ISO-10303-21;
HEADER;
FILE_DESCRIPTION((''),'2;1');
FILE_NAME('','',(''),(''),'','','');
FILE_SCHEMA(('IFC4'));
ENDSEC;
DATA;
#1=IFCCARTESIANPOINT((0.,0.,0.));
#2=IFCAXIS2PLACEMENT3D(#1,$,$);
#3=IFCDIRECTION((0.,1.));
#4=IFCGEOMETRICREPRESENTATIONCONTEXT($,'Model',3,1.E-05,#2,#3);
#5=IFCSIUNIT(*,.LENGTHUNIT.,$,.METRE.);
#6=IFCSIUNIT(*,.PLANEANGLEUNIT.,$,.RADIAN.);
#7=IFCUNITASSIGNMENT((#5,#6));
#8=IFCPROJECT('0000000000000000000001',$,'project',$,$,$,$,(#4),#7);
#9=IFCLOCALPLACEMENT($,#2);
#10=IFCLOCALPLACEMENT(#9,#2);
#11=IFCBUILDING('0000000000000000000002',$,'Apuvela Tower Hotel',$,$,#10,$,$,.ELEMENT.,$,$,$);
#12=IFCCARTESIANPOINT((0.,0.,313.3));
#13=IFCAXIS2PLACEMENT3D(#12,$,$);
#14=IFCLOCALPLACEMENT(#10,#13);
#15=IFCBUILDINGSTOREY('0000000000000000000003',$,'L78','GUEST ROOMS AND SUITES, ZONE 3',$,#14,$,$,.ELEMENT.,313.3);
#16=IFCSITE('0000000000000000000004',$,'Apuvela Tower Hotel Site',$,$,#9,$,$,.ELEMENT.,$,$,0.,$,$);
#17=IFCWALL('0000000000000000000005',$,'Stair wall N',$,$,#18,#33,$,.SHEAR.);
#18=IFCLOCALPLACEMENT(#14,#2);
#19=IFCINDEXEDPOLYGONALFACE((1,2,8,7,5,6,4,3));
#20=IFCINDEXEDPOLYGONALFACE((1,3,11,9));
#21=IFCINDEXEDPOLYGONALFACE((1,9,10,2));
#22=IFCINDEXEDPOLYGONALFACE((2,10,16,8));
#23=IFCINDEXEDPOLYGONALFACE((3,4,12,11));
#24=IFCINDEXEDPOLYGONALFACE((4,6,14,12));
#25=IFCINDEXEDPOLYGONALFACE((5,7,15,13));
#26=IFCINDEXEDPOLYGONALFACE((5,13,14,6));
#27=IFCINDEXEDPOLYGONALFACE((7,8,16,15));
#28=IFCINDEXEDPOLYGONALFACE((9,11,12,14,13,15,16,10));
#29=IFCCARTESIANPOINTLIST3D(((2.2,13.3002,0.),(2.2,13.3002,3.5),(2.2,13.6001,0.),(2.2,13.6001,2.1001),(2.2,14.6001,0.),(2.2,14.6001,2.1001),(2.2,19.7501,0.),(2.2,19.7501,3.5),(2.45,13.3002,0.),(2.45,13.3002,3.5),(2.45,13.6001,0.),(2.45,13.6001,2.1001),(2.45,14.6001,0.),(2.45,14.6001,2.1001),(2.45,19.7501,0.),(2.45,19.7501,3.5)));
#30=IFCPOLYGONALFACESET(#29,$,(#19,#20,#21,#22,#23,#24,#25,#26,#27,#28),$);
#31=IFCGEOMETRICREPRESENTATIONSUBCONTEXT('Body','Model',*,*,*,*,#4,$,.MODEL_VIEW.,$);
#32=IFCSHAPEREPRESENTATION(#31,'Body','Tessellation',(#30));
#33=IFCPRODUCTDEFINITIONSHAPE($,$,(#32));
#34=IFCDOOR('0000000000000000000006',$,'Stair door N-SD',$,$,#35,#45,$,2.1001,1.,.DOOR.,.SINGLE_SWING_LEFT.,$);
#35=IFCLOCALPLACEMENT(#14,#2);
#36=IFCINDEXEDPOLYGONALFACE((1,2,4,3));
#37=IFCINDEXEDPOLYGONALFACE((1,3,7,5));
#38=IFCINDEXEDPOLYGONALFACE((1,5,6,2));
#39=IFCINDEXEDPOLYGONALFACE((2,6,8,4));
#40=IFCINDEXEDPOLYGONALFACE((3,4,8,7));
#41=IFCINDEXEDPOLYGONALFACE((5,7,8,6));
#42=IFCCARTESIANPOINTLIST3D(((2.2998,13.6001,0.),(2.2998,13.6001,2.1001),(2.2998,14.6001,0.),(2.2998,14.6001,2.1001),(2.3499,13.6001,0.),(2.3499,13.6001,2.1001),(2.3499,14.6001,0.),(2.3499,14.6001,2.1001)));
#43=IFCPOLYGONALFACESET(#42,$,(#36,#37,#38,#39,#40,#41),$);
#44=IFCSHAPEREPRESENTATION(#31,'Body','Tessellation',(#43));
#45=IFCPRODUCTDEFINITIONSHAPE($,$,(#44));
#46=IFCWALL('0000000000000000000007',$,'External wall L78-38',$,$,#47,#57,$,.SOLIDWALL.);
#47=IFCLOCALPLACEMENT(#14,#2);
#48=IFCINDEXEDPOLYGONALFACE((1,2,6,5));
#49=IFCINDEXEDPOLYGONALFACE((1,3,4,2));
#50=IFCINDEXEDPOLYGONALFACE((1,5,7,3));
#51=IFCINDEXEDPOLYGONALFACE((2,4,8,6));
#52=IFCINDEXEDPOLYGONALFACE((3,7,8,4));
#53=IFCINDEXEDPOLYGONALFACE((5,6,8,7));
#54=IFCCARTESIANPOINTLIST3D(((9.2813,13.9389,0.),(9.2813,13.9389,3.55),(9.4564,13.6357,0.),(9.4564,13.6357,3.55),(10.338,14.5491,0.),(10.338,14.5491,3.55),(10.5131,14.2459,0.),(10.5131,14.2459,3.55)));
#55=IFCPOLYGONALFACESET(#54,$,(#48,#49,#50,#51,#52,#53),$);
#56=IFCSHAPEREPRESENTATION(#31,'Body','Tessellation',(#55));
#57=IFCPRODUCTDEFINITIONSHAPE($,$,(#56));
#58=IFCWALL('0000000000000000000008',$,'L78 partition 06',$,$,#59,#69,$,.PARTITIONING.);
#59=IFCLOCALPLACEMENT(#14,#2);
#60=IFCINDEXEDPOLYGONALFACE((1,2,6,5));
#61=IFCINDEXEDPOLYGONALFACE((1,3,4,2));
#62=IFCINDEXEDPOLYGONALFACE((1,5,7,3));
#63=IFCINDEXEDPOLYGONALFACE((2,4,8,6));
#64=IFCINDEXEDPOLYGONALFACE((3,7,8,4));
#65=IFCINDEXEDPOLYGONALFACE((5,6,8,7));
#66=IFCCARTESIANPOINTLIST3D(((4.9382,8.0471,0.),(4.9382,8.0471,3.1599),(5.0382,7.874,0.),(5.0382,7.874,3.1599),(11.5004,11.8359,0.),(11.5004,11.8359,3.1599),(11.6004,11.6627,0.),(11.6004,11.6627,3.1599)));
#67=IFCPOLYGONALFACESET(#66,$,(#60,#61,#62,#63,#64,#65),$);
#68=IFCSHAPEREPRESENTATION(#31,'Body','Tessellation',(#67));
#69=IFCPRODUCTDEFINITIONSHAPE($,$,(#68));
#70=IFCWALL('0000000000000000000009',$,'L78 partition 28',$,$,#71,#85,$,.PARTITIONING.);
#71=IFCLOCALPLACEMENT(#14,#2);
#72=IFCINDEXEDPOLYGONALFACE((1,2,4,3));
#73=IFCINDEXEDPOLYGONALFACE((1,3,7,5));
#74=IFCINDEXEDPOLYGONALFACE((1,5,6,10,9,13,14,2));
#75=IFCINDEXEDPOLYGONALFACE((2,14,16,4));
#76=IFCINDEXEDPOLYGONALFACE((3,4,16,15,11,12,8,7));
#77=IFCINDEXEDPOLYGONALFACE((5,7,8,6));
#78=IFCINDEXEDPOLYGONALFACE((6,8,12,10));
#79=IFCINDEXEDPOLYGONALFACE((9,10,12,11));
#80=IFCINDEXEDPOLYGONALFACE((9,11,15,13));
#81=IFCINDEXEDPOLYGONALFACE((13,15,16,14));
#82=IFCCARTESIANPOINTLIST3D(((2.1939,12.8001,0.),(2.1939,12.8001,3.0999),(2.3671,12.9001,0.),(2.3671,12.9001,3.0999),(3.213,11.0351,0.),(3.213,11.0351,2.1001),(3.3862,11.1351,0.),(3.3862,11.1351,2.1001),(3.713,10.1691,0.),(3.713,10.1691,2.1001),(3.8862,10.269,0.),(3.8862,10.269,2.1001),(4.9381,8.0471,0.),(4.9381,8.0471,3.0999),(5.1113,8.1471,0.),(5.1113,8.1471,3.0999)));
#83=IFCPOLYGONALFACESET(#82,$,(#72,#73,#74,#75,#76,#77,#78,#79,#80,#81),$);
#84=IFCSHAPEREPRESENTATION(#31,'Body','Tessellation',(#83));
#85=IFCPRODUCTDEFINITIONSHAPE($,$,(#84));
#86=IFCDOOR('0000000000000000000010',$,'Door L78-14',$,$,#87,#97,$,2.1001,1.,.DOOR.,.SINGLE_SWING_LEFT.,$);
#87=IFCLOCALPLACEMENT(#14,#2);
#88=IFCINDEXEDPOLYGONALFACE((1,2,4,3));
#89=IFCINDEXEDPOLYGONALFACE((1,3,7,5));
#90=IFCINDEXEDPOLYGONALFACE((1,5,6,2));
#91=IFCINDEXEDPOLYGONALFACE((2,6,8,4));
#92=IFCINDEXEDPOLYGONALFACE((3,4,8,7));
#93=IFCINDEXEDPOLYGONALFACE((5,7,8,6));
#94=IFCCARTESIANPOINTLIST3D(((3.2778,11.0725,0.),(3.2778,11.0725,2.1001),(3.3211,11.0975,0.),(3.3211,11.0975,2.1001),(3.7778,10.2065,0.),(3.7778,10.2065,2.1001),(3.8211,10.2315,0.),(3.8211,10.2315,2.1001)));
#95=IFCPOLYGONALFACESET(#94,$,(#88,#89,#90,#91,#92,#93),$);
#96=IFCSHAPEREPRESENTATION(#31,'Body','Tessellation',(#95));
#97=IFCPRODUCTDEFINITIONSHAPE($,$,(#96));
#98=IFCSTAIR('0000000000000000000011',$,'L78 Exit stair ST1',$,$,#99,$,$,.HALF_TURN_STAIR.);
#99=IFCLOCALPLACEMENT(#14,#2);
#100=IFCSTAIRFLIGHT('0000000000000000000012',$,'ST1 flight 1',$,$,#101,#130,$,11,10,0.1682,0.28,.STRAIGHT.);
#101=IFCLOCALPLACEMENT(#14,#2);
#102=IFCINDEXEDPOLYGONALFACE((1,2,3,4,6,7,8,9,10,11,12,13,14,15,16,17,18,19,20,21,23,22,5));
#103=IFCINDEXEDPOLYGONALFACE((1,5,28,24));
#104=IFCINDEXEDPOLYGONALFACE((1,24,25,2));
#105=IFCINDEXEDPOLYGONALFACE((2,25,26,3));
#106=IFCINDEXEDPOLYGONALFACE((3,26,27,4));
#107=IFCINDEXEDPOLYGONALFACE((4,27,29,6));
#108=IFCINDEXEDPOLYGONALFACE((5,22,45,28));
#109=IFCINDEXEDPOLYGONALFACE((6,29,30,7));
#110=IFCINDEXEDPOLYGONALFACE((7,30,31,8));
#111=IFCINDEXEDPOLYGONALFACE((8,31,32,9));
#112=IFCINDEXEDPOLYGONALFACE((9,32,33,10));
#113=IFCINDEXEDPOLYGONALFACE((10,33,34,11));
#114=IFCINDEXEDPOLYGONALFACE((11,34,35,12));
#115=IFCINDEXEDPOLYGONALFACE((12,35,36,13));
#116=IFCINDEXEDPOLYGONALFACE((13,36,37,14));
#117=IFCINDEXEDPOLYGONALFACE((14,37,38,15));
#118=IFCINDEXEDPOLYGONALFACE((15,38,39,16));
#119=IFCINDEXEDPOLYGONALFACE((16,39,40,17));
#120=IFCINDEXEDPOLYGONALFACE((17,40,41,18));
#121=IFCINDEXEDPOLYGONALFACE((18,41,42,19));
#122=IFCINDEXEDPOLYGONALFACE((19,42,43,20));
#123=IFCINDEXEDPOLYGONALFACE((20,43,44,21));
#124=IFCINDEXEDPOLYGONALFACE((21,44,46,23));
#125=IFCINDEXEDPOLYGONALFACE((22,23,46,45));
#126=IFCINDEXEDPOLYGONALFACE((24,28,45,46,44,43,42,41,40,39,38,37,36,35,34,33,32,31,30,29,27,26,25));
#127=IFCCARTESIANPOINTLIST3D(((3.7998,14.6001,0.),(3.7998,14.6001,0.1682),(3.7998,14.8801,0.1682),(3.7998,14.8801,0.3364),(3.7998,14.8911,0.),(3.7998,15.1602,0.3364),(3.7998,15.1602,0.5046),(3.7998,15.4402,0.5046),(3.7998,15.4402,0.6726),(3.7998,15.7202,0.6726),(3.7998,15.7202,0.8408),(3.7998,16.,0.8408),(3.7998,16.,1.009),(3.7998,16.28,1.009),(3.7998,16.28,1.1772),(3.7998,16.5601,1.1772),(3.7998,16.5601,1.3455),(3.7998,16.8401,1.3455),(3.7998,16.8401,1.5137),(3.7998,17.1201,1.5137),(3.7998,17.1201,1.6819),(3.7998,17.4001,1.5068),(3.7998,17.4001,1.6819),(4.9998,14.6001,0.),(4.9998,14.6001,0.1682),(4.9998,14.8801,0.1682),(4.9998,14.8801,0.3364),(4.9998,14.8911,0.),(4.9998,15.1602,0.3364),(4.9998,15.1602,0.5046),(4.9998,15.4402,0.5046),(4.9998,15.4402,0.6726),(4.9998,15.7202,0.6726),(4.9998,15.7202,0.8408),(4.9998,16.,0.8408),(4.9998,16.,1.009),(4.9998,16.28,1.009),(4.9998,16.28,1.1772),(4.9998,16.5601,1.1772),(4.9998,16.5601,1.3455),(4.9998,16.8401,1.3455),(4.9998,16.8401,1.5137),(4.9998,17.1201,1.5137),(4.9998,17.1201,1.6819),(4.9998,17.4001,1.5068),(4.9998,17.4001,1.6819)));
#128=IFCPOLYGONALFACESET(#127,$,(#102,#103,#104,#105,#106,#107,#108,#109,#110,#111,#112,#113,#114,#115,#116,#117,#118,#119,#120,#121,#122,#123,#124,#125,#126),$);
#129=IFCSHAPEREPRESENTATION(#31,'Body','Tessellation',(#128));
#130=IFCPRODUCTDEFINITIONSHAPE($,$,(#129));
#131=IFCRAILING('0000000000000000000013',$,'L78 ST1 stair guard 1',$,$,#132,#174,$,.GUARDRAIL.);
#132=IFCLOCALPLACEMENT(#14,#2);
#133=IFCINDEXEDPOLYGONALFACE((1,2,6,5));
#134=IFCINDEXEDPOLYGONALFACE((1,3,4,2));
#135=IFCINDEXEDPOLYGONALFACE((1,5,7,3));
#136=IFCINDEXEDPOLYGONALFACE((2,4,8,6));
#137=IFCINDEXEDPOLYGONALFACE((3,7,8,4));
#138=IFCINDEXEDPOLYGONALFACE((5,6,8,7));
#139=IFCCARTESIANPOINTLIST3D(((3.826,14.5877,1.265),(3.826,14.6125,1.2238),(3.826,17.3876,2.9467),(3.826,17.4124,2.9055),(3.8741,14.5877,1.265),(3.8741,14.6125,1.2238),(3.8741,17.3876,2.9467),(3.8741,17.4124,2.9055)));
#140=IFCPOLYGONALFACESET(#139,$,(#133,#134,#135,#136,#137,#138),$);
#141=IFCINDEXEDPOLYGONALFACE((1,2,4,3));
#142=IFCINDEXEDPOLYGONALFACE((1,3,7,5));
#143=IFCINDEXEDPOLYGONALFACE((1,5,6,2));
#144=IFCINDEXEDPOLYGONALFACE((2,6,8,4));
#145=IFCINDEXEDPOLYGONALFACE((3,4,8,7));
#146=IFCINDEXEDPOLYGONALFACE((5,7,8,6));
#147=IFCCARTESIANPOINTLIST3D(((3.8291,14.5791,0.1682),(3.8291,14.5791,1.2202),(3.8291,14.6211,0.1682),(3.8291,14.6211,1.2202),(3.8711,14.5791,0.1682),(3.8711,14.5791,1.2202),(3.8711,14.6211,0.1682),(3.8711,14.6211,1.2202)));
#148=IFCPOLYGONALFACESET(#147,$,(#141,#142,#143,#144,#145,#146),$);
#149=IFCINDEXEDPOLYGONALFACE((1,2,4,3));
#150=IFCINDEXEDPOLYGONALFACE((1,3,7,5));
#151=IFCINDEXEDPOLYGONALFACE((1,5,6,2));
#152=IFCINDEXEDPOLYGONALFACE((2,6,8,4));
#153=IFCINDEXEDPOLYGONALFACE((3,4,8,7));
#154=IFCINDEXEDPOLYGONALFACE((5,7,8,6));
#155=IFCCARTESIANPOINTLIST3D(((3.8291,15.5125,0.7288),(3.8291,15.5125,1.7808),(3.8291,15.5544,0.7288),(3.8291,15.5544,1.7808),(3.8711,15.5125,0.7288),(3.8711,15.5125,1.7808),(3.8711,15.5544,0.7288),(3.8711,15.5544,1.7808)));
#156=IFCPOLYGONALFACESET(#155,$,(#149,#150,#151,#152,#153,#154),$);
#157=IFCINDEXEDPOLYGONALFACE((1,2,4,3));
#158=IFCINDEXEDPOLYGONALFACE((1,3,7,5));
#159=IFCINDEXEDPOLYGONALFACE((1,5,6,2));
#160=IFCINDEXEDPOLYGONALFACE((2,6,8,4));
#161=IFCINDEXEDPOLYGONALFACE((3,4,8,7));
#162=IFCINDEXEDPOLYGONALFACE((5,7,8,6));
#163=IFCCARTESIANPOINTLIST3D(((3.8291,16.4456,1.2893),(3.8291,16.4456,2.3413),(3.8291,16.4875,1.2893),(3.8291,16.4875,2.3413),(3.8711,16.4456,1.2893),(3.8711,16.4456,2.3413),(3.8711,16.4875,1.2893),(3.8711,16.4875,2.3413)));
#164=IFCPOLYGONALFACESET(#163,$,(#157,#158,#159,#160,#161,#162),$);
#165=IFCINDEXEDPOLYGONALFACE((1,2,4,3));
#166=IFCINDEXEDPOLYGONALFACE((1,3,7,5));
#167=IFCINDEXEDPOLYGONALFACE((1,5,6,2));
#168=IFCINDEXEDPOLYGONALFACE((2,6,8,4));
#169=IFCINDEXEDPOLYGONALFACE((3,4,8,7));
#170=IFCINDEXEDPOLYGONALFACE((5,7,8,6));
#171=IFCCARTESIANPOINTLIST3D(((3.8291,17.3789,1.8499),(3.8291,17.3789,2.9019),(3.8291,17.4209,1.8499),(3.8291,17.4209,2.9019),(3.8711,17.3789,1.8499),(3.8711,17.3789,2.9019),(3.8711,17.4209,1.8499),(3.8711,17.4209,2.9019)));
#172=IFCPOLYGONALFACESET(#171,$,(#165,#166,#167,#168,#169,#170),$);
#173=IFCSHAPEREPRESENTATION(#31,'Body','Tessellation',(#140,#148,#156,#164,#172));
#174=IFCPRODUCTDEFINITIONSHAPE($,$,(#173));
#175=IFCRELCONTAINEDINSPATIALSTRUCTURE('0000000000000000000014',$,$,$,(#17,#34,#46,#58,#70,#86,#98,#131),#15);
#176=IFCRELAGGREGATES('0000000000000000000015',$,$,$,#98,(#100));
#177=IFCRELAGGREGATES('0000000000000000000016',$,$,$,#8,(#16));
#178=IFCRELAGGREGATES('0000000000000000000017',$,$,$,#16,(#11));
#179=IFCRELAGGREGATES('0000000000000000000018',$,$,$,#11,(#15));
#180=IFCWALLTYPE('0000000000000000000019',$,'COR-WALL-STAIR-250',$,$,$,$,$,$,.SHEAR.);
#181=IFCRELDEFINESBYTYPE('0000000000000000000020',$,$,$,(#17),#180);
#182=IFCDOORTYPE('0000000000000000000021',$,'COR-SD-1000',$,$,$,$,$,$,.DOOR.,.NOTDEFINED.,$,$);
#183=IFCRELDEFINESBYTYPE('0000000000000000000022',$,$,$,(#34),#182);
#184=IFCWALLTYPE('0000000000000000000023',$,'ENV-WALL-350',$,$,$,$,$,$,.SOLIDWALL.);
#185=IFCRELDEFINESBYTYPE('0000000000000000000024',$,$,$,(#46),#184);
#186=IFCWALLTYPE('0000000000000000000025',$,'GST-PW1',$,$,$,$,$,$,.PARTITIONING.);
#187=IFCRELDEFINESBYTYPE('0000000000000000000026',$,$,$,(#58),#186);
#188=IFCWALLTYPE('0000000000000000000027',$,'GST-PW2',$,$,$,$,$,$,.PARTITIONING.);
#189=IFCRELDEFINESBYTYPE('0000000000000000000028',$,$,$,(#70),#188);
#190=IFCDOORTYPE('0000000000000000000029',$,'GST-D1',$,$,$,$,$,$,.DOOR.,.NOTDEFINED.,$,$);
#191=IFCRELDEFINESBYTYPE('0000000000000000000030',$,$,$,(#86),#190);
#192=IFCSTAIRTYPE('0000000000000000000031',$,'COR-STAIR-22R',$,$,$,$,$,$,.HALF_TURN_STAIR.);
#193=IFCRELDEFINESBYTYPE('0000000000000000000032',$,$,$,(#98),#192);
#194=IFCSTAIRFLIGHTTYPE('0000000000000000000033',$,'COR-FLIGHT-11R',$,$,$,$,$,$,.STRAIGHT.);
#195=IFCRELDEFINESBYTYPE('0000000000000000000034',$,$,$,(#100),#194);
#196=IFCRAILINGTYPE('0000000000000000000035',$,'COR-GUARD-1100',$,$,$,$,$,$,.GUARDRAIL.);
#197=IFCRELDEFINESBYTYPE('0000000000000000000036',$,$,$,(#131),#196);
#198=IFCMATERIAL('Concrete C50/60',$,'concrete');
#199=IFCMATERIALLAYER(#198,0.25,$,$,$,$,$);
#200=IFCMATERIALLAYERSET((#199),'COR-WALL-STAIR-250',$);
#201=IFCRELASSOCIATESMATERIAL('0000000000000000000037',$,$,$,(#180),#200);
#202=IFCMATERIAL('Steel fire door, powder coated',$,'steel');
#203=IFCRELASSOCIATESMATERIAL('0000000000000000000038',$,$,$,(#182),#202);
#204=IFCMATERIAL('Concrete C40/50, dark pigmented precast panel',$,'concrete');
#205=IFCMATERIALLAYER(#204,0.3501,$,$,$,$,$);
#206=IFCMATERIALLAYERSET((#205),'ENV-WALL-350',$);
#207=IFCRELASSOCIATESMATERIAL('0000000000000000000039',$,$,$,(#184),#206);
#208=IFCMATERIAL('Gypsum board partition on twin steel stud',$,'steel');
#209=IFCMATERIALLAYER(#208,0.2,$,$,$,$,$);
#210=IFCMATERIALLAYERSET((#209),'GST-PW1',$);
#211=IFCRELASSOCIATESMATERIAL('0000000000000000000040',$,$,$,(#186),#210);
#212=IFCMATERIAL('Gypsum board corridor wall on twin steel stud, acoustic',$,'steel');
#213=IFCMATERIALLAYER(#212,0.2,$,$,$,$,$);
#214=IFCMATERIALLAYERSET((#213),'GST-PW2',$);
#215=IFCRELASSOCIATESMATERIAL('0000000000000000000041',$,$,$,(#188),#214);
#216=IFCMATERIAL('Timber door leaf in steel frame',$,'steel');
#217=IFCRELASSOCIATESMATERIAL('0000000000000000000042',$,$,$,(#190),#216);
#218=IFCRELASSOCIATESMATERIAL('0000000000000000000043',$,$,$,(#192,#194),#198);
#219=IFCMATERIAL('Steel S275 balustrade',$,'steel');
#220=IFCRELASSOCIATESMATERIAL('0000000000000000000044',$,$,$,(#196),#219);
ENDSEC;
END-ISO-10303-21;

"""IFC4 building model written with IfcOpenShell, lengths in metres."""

from ifc_helpers import new_model, si_unit, direction, frame, frame_2d, origin, origin_2d, place, context, subcontext, project, spatial, polyline, rectangle, outline, extrude, material, layer, layer_set, type_object, element, fill, aggregate, save


model = new_model("IFC4")

# Units and contexts
model_context = context("Model", 3, precision=1e-05, world=origin(), true_north=direction((0.0, 1.0)))
body_context = subcontext(model_context, "Body", "Model", "MODEL_VIEW")
ifc_project = project(units=[si_unit("LENGTHUNIT", "METRE"), si_unit("PLANEANGLEUNIT", "RADIAN")], contexts=[model_context])

# Site, building, storey
site_placement = place(None, origin())
site = spatial("IfcSite", under=ifc_project, at=site_placement, Name="Apuvela Tower Hotel Site", CompositionType="ELEMENT", RefElevation=0.0)
building_placement = place(site_placement, origin())
building = spatial("IfcBuilding", under=site, at=building_placement, Name="Apuvela Tower Hotel", CompositionType="ELEMENT")
storey_placement = place(building_placement, frame((0.0, 0.0, 313.3)))
storey = spatial("IfcBuildingStorey", under=building, at=storey_placement, Name="L78", Description="GUEST ROOMS AND SUITES, ZONE 3", CompositionType="ELEMENT", Elevation=313.3)

# Shared definitions
ifc_material_1 = material(Name="Concrete C50/60", Category="concrete")
ifc_material_2 = material(Name="Steel fire door, powder coated", Category="steel")

# Wall, opening, door
ifc_layer_1 = layer(ifc_material_1, 0.25)
ifc_layer_set_1 = layer_set([ifc_layer_1], Name="COR-WALL-STAIR-250")
wall_type_1 = type_object("IfcWallType", Name="COR-WALL-STAIR-250", PredefinedType="SHEAR", material=ifc_layer_set_1)
wall_1_placement = place(storey_placement, frame((2.325, 13.3, 0.0), z_axis=(0.0, 0.0, 1.0), x_axis=(0.0, 1.0, 0.0)))
wall_1 = element("IfcWall", 1, at=wall_1_placement, inside=storey, type_object=wall_type_1, Name="Stair wall N", PredefinedType="SHEAR", context=body_context, shape_type="SweptSolid", body=[
    extrude(rectangle(XDim=6.45, YDim=0.25, at=frame_2d((3.2251, 0.0))), origin(), (0.0, 0.0, 1.0), 3.5),
])
opening_1_placement = place(wall_1_placement, frame((0.3, 0.0, 0.0)))
opening_1 = element("IfcOpeningElement", 2, at=opening_1_placement, cuts=wall_1, PredefinedType="OPENING", context=body_context, shape_type="SweptSolid", body=[
    extrude(rectangle(XDim=1.0, YDim=2.1001, at=frame_2d((0.5, 1.05))), frame((0.0, 0.135, 0.0), z_axis=(0.0, -1.0, 0.0), x_axis=(1.0, 0.0, 0.0)), (0.0, 0.0, 1.0), 0.27),
])
door_type_1 = type_object("IfcDoorType", Name="COR-SD-1000", OperationType="NOTDEFINED", PredefinedType="DOOR", material=ifc_material_2)
door_1_placement = place(opening_1_placement, frame((1.0, 0.0, 0.0), z_axis=(0.0, 0.0, 1.0), x_axis=(-1.0, 0.0, 0.0)))
door_1 = element("IfcDoor", 3, at=door_1_placement, inside=storey, type_object=door_type_1, Name="Stair door N-SD", OperationType="SINGLE_SWING_LEFT", OverallHeight=2.1001, OverallWidth=1.0, PredefinedType="DOOR", context=body_context, shape_type="SweptSolid", body=[
    extrude(rectangle(XDim=1.0, YDim=2.1001, at=frame_2d((0.5, 1.05))), frame((0.0, 0.0249, 0.0), z_axis=(0.0, -1.0, 0.0), x_axis=(1.0, 0.0, 0.0)), (0.0, 0.0, 1.0), 0.05),
])
fill(opening_1, door_1)

# Wall
ifc_material_3 = material(Name="Concrete C40/50, dark pigmented precast panel", Category="concrete")
ifc_layer_2 = layer(ifc_material_3, 0.3501)
ifc_layer_set_2 = layer_set([ifc_layer_2], Name="ENV-WALL-350")
wall_type_2 = type_object("IfcWallType", Name="ENV-WALL-350", PredefinedType="SOLIDWALL", material=ifc_layer_set_2)
wall_2_placement = place(storey_placement, frame((10.4255, 14.3975, 0.0), z_axis=(0.0, 0.0, 1.0), x_axis=(-0.866006, -0.500034, 0.0)))
element("IfcWall", 4, at=wall_2_placement, inside=storey, type_object=wall_type_2, Name="External wall L78-38", PredefinedType="SOLIDWALL", context=body_context, shape_type="SweptSolid", body=[
    extrude(rectangle(XDim=1.2202, YDim=0.3501, at=frame_2d((0.6101, 0.0))), origin(), (0.0, 0.0, 1.0), 3.55),
])

# Wall
ifc_material_4 = material(Name="Gypsum board partition on twin steel stud", Category="steel")
ifc_layer_3 = layer(ifc_material_4, 0.2)
ifc_layer_set_3 = layer_set([ifc_layer_3], Name="GST-PW1")
wall_type_3 = type_object("IfcWallType", Name="GST-PW1", PredefinedType="PARTITIONING", material=ifc_layer_set_3)
wall_3_placement = place(storey_placement, frame((11.5503, 11.7493, 0.0), z_axis=(0.0, 0.0, 1.0), x_axis=(-0.86602, -0.50001, 0.0)))
element("IfcWall", 5, at=wall_3_placement, inside=storey, type_object=wall_type_3, Name="L78 partition 06", PredefinedType="PARTITIONING", context=body_context, shape_type="SweptSolid", body=[
    extrude(rectangle(XDim=7.5774, YDim=0.2, at=frame_2d((3.7886, 0.0))), origin(), (0.0, 0.0, 1.0), 3.1599),
])

# Wall, opening, door
ifc_material_5 = material(Name="Gypsum board corridor wall on twin steel stud, acoustic", Category="steel")
ifc_layer_4 = layer(ifc_material_5, 0.2)
ifc_layer_set_4 = layer_set([ifc_layer_4], Name="GST-PW2")
wall_type_4 = type_object("IfcWallType", Name="GST-PW2", PredefinedType="PARTITIONING", material=ifc_layer_set_4)
wall_4_placement = place(storey_placement, frame((2.2805, 12.8501, 0.0), z_axis=(0.0, 0.0, 1.0), x_axis=(0.500005, -0.866023, 0.0)))
wall_4 = element("IfcWall", 6, at=wall_4_placement, inside=storey, type_object=wall_type_4, Name="L78 partition 28", PredefinedType="PARTITIONING", context=body_context, shape_type="SweptSolid", body=[
    extrude(rectangle(XDim=5.4883, YDim=0.2, at=frame_2d((2.7441, 0.0))), origin(), (0.0, 0.0, 1.0), 3.0999),
])
opening_2_placement = place(wall_4_placement, frame((2.0381, 0.0, 0.0)))
opening_2 = element("IfcOpeningElement", 7, at=opening_2_placement, cuts=wall_4, PredefinedType="OPENING", context=body_context, shape_type="SweptSolid", body=[
    extrude(rectangle(XDim=1.0, YDim=2.1001, at=frame_2d((0.5, 1.05))), frame((0.0, 0.1099, 0.0), z_axis=(0.0, -1.0, 0.0), x_axis=(1.0, 0.0, 0.0)), (0.0, 0.0, 1.0), 0.22),
])
ifc_material_6 = material(Name="Timber door leaf in steel frame", Category="steel")
door_type_2 = type_object("IfcDoorType", Name="GST-D1", OperationType="NOTDEFINED", PredefinedType="DOOR", material=ifc_material_6)
door_2_placement = place(opening_2_placement, origin())
door_2 = element("IfcDoor", 8, at=door_2_placement, inside=storey, type_object=door_type_2, Name="Door L78-14", OperationType="SINGLE_SWING_LEFT", OverallHeight=2.1001, OverallWidth=1.0, PredefinedType="DOOR", context=body_context, shape_type="SweptSolid", body=[
    extrude(rectangle(XDim=1.0, YDim=2.1001, at=frame_2d((0.5, 1.05))), frame((0.0, 0.0249, 0.0), z_axis=(0.0, -1.0, 0.0), x_axis=(1.0, 0.0, 0.0)), (0.0, 0.0, 1.0), 0.05),
])
fill(opening_2, door_2)

# Stair, stair flight
stair_type = type_object("IfcStairType", Name="COR-STAIR-22R", PredefinedType="HALF_TURN_STAIR", material=ifc_material_1)
stair_placement = place(storey_placement, origin())
stair = element("IfcStair", 9, at=stair_placement, inside=storey, type_object=stair_type, Name="L78 Exit stair ST1", PredefinedType="HALF_TURN_STAIR")
stair_flight_type = type_object("IfcStairFlightType", Name="COR-FLIGHT-11R", PredefinedType="STRAIGHT", material=ifc_material_1)
stair_flight_placement = place(storey_placement, frame((4.3999, 14.6001, 0.0), z_axis=(0.0, 0.0, 1.0), x_axis=(0.0, 1.0, 0.0)))
stair_flight = element("IfcStairFlight", 10, at=stair_flight_placement, type_object=stair_flight_type, Name="ST1 flight 1", NumberOfRisers=11, NumberOfTreads=10, PredefinedType="STRAIGHT", RiserHeight=0.1682, TreadLength=0.28, context=body_context, shape_type="SweptSolid", body=[
    extrude(outline(polyline([(0.0, 0.0), (0.0, 0.1682), (0.28, 0.1682), (0.28, 0.3364), (0.5601, 0.3364), (0.5601, 0.5046), (0.8401, 0.5046), (0.8401, 0.6726), (1.1201, 0.6726), (1.1201, 0.8408), (1.3999, 0.8408), (1.3999, 1.009), (1.6799, 1.009), (1.6799, 1.1772), (1.96, 1.1772), (1.96, 1.3455), (2.24, 1.3455), (2.24, 1.5137), (2.52, 1.5137), (2.52, 1.6819), (2.8, 1.6819), (2.8, 1.8501), (2.8, 1.5068), (0.291, 0.0), (0.0, 0.0)])), frame((0.0, 0.6001, 0.0), z_axis=(0.0, -1.0, 0.0), x_axis=(1.0, 0.0, 0.0)), (0.0, 0.0, 1.0), 1.2),
])
aggregate(stair, [stair_flight])

# Railing
ifc_material_7 = material(Name="Steel S275 balustrade", Category="steel")
railing_type_1 = type_object("IfcRailingType", Name="COR-GUARD-1100", PredefinedType="GUARDRAIL", material=ifc_material_7)
railing_1_placement = place(storey_placement, frame((3.8501, 14.6001, 0.1682)))
element("IfcRailing", 11, at=railing_1_placement, inside=storey, type_object=railing_type_1, Name="L78 ST1 stair guard 1", PredefinedType="GUARDRAIL", context=body_context, shape_type="SweptSolid", body=[
    extrude(rectangle(XDim=0.0481, YDim=0.0481, at=origin_2d()), frame((0.0, 0.0, 1.0762), z_axis=(0.0, 0.857255, 0.514891), x_axis=(-1.0, 0.0, 0.0)), (0.0, 0.0, 1.0), 3.2661),
    extrude(rectangle(XDim=0.042, YDim=0.042, at=origin_2d()), origin(), (0.0, 0.0, 1.0), 1.052),
    extrude(rectangle(XDim=0.042, YDim=0.042, at=origin_2d()), frame((0.0, 0.9333, 0.5605)), (0.0, 0.0, 1.0), 1.052),
    extrude(rectangle(XDim=0.042, YDim=0.042, at=origin_2d()), frame((0.0, 1.8665, 1.1211)), (0.0, 0.0, 1.0), 1.052),
    extrude(rectangle(XDim=0.042, YDim=0.042, at=origin_2d()), frame((0.0, 2.7998, 1.6816)), (0.0, 0.0, 1.0), 1.052),
])

save(model, "model.ifc")
